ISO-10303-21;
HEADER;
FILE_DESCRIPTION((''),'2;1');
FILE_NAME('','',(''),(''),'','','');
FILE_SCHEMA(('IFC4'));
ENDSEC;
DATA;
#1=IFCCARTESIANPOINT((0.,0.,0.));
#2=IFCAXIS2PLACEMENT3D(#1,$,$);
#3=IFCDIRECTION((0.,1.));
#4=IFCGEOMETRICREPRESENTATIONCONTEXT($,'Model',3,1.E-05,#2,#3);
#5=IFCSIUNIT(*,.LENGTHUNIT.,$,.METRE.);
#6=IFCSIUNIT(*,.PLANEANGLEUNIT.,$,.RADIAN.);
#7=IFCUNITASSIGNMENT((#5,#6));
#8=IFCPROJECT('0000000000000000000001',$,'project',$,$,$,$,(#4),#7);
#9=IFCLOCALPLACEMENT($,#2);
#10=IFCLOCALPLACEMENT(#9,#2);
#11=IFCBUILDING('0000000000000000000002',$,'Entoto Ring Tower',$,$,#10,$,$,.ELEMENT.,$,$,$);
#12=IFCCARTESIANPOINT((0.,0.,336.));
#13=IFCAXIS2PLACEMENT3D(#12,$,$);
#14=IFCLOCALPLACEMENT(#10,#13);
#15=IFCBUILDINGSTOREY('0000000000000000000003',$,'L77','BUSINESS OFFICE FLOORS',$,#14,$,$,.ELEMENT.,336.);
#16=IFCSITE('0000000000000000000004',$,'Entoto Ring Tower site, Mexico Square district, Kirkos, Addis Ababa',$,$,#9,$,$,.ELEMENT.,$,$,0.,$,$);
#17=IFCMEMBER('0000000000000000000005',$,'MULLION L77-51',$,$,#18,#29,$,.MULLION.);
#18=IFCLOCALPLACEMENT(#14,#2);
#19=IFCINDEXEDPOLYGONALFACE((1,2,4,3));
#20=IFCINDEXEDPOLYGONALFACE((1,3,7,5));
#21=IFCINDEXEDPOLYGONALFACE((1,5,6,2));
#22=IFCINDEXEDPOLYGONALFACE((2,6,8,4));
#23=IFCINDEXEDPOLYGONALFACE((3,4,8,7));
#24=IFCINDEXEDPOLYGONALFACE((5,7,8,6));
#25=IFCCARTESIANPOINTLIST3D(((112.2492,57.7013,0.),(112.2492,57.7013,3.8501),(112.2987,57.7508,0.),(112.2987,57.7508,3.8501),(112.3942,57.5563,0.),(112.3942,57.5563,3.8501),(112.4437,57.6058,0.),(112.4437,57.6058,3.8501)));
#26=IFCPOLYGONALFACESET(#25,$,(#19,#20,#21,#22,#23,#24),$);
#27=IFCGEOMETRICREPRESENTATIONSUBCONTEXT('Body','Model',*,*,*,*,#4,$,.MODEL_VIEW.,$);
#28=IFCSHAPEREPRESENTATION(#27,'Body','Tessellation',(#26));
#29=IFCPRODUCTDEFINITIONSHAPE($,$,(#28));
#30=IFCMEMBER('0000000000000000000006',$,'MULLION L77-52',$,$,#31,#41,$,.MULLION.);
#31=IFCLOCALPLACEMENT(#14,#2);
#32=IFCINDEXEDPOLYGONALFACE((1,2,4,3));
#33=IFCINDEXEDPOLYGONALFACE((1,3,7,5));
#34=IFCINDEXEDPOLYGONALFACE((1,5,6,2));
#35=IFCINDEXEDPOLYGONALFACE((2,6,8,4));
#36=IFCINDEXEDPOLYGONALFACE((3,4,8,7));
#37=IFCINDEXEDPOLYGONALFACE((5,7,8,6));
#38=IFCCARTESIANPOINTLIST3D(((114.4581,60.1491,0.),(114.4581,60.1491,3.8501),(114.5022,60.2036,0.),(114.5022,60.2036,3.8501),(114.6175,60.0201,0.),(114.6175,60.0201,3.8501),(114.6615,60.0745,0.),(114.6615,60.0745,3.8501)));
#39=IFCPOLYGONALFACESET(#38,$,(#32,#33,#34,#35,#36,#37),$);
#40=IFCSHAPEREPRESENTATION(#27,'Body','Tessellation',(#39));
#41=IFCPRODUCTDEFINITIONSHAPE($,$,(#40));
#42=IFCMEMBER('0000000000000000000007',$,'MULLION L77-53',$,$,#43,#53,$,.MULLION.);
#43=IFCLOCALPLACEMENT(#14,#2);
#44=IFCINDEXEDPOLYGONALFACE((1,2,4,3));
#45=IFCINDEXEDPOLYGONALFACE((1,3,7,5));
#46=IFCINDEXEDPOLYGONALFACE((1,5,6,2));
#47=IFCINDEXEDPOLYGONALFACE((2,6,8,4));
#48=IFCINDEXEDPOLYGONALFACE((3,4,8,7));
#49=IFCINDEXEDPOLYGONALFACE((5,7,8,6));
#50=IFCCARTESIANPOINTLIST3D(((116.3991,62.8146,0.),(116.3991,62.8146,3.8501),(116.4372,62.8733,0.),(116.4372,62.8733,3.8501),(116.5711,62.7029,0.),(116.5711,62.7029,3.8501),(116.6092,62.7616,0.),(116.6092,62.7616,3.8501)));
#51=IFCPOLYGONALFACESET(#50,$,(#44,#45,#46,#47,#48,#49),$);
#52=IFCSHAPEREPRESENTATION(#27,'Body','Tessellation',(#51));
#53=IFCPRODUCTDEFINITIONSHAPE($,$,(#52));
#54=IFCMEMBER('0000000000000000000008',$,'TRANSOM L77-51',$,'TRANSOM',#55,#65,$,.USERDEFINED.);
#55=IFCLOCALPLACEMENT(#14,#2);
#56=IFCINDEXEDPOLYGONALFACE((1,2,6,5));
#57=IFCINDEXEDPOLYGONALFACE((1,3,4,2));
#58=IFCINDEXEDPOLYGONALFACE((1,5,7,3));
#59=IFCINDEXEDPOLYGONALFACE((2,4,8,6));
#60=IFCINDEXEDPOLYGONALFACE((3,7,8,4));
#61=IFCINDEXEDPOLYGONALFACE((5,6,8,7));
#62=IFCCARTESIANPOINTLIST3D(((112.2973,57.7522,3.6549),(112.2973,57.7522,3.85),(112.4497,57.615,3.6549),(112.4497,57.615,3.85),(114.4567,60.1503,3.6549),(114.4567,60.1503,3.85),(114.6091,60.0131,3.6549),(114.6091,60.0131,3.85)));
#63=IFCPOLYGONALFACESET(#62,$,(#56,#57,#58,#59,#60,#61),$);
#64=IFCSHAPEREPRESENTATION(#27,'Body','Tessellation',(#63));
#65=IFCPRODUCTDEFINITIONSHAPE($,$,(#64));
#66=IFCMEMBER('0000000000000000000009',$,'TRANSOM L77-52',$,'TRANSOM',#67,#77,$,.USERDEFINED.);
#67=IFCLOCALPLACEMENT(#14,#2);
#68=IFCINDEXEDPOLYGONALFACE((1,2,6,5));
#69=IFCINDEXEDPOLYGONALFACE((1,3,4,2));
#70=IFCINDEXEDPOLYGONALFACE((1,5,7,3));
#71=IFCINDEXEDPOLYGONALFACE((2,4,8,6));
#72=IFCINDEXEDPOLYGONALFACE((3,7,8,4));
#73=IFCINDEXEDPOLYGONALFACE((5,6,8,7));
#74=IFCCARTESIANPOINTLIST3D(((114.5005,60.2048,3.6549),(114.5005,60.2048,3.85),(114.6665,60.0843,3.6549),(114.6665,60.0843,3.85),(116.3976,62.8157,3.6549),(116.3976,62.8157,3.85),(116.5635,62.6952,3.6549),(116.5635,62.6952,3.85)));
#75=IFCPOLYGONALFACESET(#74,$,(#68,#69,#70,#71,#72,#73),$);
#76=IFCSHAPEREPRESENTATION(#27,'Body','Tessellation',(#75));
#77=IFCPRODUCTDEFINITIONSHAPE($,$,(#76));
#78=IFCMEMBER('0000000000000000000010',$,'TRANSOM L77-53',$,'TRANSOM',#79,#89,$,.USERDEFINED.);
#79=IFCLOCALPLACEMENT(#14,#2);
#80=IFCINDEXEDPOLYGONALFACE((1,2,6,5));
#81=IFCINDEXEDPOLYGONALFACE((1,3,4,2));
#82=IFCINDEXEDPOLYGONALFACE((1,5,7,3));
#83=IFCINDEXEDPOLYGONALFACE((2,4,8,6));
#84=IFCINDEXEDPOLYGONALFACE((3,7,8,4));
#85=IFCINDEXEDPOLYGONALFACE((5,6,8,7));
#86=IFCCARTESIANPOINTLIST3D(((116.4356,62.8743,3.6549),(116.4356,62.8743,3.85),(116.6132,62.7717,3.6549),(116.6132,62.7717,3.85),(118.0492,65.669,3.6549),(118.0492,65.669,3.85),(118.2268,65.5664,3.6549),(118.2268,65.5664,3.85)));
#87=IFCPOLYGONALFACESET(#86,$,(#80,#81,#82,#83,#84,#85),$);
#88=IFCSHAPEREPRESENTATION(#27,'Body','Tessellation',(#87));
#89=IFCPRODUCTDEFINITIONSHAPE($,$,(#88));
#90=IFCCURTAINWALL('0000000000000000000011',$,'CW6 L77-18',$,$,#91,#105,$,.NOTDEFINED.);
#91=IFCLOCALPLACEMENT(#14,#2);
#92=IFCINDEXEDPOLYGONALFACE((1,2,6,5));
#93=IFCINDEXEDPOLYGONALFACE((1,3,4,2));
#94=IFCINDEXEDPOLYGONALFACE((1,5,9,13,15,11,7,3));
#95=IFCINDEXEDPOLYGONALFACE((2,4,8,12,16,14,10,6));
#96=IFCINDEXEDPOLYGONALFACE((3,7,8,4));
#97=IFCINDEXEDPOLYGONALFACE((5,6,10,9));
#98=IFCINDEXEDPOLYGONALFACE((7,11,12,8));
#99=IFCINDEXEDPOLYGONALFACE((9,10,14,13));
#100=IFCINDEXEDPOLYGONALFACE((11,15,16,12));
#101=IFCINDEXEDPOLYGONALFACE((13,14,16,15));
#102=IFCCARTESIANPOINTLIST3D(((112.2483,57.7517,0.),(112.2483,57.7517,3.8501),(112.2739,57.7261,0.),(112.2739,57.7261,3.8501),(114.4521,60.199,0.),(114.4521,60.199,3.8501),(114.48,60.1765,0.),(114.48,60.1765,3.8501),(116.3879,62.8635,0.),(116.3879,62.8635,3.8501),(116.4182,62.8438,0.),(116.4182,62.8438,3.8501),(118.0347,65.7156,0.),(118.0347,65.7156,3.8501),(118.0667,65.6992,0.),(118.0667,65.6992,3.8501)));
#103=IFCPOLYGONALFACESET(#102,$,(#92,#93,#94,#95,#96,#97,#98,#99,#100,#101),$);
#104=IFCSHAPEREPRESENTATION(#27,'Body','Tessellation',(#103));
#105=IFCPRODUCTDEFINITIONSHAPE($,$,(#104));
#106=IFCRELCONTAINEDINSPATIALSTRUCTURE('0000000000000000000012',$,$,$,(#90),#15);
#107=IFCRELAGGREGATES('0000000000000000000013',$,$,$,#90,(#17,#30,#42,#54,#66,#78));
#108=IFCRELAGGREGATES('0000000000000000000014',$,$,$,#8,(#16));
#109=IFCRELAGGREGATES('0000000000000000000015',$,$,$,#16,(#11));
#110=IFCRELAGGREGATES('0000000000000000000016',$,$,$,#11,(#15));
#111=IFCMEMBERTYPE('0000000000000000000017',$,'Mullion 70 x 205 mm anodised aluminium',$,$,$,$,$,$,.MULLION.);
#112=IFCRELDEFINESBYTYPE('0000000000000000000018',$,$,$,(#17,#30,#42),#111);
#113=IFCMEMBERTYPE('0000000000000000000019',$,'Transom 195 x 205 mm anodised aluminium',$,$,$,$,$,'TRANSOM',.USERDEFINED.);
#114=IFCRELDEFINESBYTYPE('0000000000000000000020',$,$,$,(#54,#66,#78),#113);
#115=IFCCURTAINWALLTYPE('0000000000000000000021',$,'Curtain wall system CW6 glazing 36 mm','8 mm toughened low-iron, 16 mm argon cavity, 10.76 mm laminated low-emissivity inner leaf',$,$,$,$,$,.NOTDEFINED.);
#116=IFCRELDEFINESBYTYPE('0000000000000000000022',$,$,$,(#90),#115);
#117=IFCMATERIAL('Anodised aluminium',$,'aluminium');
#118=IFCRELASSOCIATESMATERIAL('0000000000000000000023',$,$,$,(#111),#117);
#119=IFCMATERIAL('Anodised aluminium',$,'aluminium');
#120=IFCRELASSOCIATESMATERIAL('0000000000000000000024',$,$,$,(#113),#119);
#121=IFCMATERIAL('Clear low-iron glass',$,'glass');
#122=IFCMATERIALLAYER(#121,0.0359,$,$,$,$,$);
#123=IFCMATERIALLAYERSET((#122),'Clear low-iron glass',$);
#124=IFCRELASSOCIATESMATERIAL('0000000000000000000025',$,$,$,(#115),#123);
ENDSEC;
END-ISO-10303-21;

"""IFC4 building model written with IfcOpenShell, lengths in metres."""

from ifc_helpers import new_model, si_unit, direction, frame, origin, origin_2d, place, context, subcontext, project, spatial, polyline, rectangle, outline, extrude, material, layer, layer_set, material_profile, profile_set, type_object, element, aggregate, save


model = new_model("IFC4")

# Units and contexts
model_context = context("Model", 3, precision=1e-05, world=origin(), true_north=direction((0.0, 1.0)))
body_context = subcontext(model_context, "Body", "Model", "MODEL_VIEW")
ifc_project = project(units=[si_unit("LENGTHUNIT", "METRE"), si_unit("PLANEANGLEUNIT", "RADIAN")], contexts=[model_context])

# Members
ifc_material_1 = material(Name="Anodised aluminium", Category="aluminium")
ifc_material_profile_1 = material_profile(ifc_material_1, rectangle(XDim=0.0701, YDim=0.2051, at=origin_2d()), Name="Mullion 70 x 205 mm anodised aluminium")
ifc_profile_set_1 = profile_set([ifc_material_profile_1], Name="Anodised aluminium")
member_type_1 = type_object("IfcMemberType", Name="Mullion 70 x 205 mm anodised aluminium", PredefinedType="MULLION", material=ifc_profile_set_1)
site_placement = place(None, origin())
building_placement = place(site_placement, origin())
storey_placement = place(building_placement, frame((0.0, 0.0, 336.0)))
member_1_placement = place(storey_placement, frame((112.3464, 57.6536, 0.0), z_axis=(0.0, 0.0, 1.0), x_axis=(0.707107, 0.707107, 0.0)))
member_1 = element("IfcMember", 1, at=member_1_placement, type_object=member_type_1, Name="MULLION L77-51", PredefinedType="MULLION", context=body_context, shape_type="SweptSolid", body=[
    extrude(rectangle(XDim=0.0701, YDim=0.2051, at=origin_2d()), origin(), (0.0, 0.0, 1.0), 3.8501),
])
member_2_placement = place(storey_placement, frame((114.5598, 60.1118, 0.0), z_axis=(0.0, 0.0, 1.0), x_axis=(0.62932, 0.777146, 0.0)))
member_2 = element("IfcMember", 2, at=member_2_placement, type_object=member_type_1, Name="MULLION L77-52", PredefinedType="MULLION", context=body_context, shape_type="SweptSolid", body=[
    extrude(rectangle(XDim=0.0701, YDim=0.2051, at=origin_2d()), origin(), (0.0, 0.0, 1.0), 3.8501),
])
member_3_placement = place(storey_placement, frame((116.5042, 62.7881, 0.0), z_axis=(0.0, 0.0, 1.0), x_axis=(0.544639, 0.838671, 0.0)))
member_3 = element("IfcMember", 3, at=member_3_placement, type_object=member_type_1, Name="MULLION L77-53", PredefinedType="MULLION", context=body_context, shape_type="SweptSolid", body=[
    extrude(rectangle(XDim=0.0701, YDim=0.2051, at=origin_2d()), origin(), (0.0, 0.0, 1.0), 3.8501),
])
ifc_material_2 = material(Name="Anodised aluminium", Category="aluminium")
ifc_material_profile_2 = material_profile(ifc_material_2, rectangle(XDim=0.2051, YDim=0.1951, at=origin_2d()), Name="Transom 195 x 205 mm anodised aluminium")
ifc_profile_set_2 = profile_set([ifc_material_profile_2], Name="Anodised aluminium")
member_type_2 = type_object("IfcMemberType", Name="Transom 195 x 205 mm anodised aluminium", ElementType="TRANSOM", PredefinedType="USERDEFINED", material=ifc_profile_set_2)
member_4_placement = place(storey_placement, frame((112.3735, 57.6836, 3.7524), z_axis=(0.669144, 0.743132, 0.0), x_axis=(-0.743132, 0.669144, 0.0)))
member_4 = element("IfcMember", 4, at=member_4_placement, type_object=member_type_2, Name="TRANSOM L77-51", ObjectType="TRANSOM", PredefinedType="USERDEFINED", context=body_context, shape_type="SweptSolid", body=[
    extrude(rectangle(XDim=0.2051, YDim=0.1951, at=origin_2d()), origin(), (0.0, 0.0, 1.0), 3.2271),
])
member_5_placement = place(storey_placement, frame((114.5835, 60.1445, 3.7524), z_axis=(0.587803, 0.809004, 0.0), x_axis=(-0.809004, 0.587803, 0.0)))
member_5 = element("IfcMember", 5, at=member_5_placement, type_object=member_type_2, Name="TRANSOM L77-52", ObjectType="TRANSOM", PredefinedType="USERDEFINED", context=body_context, shape_type="SweptSolid", body=[
    extrude(rectangle(XDim=0.2051, YDim=0.1951, at=origin_2d()), origin(), (0.0, 0.0, 1.0), 3.2273),
])
member_6_placement = place(storey_placement, frame((116.5244, 62.823, 3.7524), z_axis=(0.500004, 0.866023, 0.0), x_axis=(-0.866023, 0.500004, 0.0)))
member_6 = element("IfcMember", 6, at=member_6_placement, type_object=member_type_2, Name="TRANSOM L77-53", ObjectType="TRANSOM", PredefinedType="USERDEFINED", context=body_context, shape_type="SweptSolid", body=[
    extrude(rectangle(XDim=0.2051, YDim=0.1951, at=origin_2d()), origin(), (0.0, 0.0, 1.0), 3.2271),
])

# Site, building, storey
site = spatial("IfcSite", under=ifc_project, at=site_placement, Name="Entoto Ring Tower site, Mexico Square district, Kirkos, Addis Ababa", CompositionType="ELEMENT", RefElevation=0.0)
building = spatial("IfcBuilding", under=site, at=building_placement, Name="Entoto Ring Tower", CompositionType="ELEMENT")
storey = spatial("IfcBuildingStorey", under=building, at=storey_placement, Name="L77", Description="BUSINESS OFFICE FLOORS", CompositionType="ELEMENT", Elevation=336.0)

# Curtain wall
ifc_material_3 = material(Name="Clear low-iron glass", Category="glass")
ifc_layer_1 = layer(ifc_material_3, 0.0359)
ifc_layer_set_1 = layer_set([ifc_layer_1], Name="Clear low-iron glass")
curtain_wall_type = type_object("IfcCurtainWallType", Name="Curtain wall system CW6 glazing 36 mm", Description="8 mm toughened low-iron, 16 mm argon cavity, 10.76 mm laminated low-emissivity inner leaf", PredefinedType="NOTDEFINED", material=ifc_layer_set_1)
curtain_wall_1_placement = place(storey_placement, origin())
curtain_wall_1 = element("IfcCurtainWall", 7, at=curtain_wall_1_placement, inside=storey, type_object=curtain_wall_type, Name="CW6 L77-18", PredefinedType="NOTDEFINED", context=body_context, shape_type="SweptSolid", body=[
    extrude(outline(polyline([(112.2739, 57.7261), (114.48, 60.1765), (116.4182, 62.8438), (118.0667, 65.6992), (118.0347, 65.7156), (116.3879, 62.8635), (114.4521, 60.199), (112.2483, 57.7517), (112.2739, 57.7261)])), origin(), (0.0, 0.0, 1.0), 3.8501),
])
aggregate(curtain_wall_1, [member_1, member_2, member_3, member_4, member_5, member_6])

save(model, "model.ifc")
